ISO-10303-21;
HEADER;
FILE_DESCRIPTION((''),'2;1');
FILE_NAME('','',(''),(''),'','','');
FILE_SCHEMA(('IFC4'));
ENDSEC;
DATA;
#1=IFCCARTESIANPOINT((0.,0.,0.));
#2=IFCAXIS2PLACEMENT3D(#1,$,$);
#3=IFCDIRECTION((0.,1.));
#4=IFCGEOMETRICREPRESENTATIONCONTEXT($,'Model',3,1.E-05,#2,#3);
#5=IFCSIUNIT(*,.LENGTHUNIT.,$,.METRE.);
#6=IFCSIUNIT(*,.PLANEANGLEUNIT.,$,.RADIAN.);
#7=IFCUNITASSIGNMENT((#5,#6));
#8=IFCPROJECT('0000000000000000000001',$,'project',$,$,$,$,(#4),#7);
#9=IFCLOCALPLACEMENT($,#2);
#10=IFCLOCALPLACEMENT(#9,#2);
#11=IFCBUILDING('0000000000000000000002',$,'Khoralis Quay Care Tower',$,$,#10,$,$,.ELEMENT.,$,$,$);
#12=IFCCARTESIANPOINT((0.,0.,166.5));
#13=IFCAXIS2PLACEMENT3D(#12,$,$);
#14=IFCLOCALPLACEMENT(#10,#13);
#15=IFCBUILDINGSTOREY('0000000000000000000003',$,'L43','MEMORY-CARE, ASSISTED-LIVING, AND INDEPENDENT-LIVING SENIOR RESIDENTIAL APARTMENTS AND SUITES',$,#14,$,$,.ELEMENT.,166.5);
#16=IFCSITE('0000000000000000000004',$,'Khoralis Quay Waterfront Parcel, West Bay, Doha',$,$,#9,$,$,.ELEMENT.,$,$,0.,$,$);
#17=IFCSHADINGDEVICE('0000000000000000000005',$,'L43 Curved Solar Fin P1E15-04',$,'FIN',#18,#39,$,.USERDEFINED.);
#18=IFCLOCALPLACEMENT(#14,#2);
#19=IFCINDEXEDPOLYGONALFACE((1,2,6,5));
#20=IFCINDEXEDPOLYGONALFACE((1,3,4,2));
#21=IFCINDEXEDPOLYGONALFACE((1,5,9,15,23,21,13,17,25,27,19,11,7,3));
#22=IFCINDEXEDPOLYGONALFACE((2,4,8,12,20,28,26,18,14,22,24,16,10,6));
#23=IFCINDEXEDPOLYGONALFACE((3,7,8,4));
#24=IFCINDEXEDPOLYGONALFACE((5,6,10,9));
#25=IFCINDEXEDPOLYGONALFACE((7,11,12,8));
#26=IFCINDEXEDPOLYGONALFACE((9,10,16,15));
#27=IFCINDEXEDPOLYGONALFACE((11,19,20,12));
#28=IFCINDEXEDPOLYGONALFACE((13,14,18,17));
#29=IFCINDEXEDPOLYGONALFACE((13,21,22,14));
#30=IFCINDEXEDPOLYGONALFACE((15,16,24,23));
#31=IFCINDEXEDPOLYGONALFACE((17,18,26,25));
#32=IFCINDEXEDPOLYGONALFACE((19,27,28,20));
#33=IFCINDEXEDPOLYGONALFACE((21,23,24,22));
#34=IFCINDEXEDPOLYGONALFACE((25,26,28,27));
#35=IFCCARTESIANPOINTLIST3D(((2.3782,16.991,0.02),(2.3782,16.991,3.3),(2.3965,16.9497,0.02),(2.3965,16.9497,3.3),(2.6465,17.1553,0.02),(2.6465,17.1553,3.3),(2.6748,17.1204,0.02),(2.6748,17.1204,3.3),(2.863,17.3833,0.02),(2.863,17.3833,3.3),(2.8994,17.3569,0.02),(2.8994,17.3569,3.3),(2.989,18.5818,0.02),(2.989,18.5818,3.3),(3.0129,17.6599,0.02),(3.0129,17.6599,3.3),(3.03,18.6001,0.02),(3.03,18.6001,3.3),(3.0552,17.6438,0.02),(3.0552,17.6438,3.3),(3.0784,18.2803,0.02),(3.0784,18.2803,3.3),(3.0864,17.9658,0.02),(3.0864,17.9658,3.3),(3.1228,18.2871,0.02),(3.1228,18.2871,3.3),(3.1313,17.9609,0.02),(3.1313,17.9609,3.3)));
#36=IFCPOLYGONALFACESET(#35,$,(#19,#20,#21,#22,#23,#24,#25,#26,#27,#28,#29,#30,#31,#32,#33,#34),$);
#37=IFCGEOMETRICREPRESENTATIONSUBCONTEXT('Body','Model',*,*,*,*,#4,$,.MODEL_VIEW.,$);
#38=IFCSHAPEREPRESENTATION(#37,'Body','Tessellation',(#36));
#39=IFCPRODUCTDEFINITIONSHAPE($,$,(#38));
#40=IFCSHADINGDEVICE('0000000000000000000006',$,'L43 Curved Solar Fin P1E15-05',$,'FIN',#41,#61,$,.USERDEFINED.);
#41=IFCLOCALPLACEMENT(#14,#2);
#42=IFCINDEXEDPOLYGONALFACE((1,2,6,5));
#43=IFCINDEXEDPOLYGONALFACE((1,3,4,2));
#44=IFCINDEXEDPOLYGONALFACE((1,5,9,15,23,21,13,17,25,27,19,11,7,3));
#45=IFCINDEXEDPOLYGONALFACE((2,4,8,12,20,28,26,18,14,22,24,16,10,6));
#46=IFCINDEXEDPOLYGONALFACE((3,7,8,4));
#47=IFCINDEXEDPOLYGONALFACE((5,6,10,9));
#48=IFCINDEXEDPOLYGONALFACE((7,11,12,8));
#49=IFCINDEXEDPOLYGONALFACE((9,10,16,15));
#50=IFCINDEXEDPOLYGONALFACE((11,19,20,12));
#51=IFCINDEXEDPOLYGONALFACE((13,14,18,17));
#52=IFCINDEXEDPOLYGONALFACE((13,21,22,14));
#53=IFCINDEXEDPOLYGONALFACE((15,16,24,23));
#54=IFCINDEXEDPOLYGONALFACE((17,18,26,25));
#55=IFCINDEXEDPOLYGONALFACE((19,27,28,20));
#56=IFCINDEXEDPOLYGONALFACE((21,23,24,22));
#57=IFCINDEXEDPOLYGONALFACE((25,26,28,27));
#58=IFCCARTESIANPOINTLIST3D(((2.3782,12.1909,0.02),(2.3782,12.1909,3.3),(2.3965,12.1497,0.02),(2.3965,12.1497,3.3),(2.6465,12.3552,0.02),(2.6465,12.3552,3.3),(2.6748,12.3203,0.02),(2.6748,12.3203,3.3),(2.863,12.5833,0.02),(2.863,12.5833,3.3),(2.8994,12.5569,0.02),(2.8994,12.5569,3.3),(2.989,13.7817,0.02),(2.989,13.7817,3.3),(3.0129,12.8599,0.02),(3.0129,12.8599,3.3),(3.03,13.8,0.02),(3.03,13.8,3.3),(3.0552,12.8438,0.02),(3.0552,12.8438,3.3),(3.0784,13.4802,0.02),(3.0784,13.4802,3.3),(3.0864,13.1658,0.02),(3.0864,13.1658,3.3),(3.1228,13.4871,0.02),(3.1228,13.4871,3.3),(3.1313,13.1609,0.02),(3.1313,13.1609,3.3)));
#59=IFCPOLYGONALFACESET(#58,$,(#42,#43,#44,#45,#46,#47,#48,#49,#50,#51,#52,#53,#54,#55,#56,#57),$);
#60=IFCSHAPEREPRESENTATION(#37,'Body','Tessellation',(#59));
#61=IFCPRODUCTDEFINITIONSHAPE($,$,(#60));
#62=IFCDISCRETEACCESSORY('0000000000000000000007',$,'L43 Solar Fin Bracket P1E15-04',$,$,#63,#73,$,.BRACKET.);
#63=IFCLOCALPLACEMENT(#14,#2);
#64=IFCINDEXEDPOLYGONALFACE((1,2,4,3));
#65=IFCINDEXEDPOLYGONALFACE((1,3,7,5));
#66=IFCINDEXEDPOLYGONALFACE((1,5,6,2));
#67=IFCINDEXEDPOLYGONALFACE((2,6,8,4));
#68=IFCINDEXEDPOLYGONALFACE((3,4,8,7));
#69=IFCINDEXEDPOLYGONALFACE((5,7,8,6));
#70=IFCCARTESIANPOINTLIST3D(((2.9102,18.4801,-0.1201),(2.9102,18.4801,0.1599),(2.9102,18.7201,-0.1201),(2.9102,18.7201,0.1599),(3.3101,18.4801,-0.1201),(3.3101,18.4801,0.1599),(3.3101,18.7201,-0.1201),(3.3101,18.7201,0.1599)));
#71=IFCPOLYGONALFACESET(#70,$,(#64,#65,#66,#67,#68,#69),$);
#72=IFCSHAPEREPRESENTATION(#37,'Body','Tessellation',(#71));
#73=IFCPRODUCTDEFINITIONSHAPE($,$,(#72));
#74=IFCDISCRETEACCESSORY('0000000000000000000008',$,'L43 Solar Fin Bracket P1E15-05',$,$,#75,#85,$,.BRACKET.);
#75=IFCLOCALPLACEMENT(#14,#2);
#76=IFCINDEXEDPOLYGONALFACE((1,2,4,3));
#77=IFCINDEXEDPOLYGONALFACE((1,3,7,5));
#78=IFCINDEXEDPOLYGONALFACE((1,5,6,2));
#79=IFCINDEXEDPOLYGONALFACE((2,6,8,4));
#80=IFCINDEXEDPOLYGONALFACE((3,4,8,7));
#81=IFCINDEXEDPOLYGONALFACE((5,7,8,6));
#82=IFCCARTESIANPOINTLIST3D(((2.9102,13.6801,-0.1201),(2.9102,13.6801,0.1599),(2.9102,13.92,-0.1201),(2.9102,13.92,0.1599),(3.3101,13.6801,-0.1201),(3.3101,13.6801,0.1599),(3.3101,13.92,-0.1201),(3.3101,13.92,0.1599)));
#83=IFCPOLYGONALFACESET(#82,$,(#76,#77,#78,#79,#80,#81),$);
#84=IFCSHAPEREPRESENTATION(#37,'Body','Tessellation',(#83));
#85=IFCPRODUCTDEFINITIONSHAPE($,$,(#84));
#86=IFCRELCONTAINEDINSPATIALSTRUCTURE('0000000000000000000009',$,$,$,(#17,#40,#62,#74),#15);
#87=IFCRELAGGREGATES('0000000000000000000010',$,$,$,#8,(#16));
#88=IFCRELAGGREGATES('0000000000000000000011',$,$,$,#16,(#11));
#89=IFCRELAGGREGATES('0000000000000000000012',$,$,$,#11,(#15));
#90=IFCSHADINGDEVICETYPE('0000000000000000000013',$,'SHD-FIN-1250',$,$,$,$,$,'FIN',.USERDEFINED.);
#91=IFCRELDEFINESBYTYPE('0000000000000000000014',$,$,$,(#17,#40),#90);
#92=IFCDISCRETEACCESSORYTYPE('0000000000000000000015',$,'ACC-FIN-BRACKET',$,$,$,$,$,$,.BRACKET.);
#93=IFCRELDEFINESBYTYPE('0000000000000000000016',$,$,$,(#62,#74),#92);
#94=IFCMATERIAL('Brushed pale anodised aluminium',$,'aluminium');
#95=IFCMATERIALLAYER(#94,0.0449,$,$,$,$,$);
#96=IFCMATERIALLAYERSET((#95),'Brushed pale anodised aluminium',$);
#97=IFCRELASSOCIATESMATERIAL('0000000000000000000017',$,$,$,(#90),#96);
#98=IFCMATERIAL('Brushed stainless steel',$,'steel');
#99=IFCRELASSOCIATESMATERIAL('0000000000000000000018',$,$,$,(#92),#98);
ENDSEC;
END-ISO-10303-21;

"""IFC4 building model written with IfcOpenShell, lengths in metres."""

from ifc_helpers import new_model, si_unit, direction, frame, origin, origin_2d, place, context, subcontext, project, spatial, polyline, rectangle, outline, extrude, source, transform, mapped, material, layer, layer_set, type_object, element, save


model = new_model("IFC4")

# Units and contexts
model_context = context("Model", 3, precision=1e-05, world=origin(), true_north=direction((0.0, 1.0)))
body_context = subcontext(model_context, "Body", "Model", "MODEL_VIEW")
ifc_project = project(units=[si_unit("LENGTHUNIT", "METRE"), si_unit("PLANEANGLEUNIT", "RADIAN")], contexts=[model_context])

# Site, building, storey
site_placement = place(None, origin())
site = spatial("IfcSite", under=ifc_project, at=site_placement, Name="Khoralis Quay Waterfront Parcel, West Bay, Doha", CompositionType="ELEMENT", RefElevation=0.0)
building_placement = place(site_placement, origin())
building = spatial("IfcBuilding", under=site, at=building_placement, Name="Khoralis Quay Care Tower", CompositionType="ELEMENT")
storey_placement = place(building_placement, frame((0.0, 0.0, 166.5)))
storey = spatial("IfcBuildingStorey", under=building, at=storey_placement, Name="L43", Description="MEMORY-CARE, ASSISTED-LIVING, AND INDEPENDENT-LIVING SENIOR RESIDENTIAL APARTMENTS AND SUITES", CompositionType="ELEMENT", Elevation=166.5)

# Shared definitions
ifc_material_1 = material(Name="Brushed stainless steel", Category="steel")

# Shading devices
ifc_material_2 = material(Name="Brushed pale anodised aluminium", Category="aluminium")
ifc_layer_1 = layer(ifc_material_2, 0.0449)
ifc_layer_set_1 = layer_set([ifc_layer_1], Name="Brushed pale anodised aluminium")
shading_device_type = type_object("IfcShadingDeviceType", Name="SHD-FIN-1250", ElementType="FIN", PredefinedType="USERDEFINED", material=ifc_layer_set_1)
shared_shape_1 = source(origin(), body_context, "Body", "SweptSolid", [
    extrude(outline(polyline([(0.0, 0.0), (-0.0928, 0.313), (-0.1013, 0.6392), (-0.0251, 0.9563), (0.1306, 1.2432), (0.3552, 1.4797), (0.6335, 1.6504), (0.6519, 1.6091), (0.3835, 1.4448), (0.167, 1.2168), (0.0171, 0.9402), (-0.0564, 0.6343), (-0.0483, 0.3198), (0.041, 0.0183), (0.0, 0.0)])), origin(), (0.0, 0.0, 1.0), 3.28),
])
for number, where, z_axis, x_axis, name in (
    (1, (3.03, 18.6001, 0.02), (0.0, 0.0, 1.0), (-1.0, 0.0, 0.0), "L43 Curved Solar Fin P1E15-04"),
    (2, (3.03, 13.8, 0.02), (0.0, 0.0, 1.0), (-1.0, 0.0, 0.0), "L43 Curved Solar Fin P1E15-05"),
):
    element("IfcShadingDevice", number, at=place(storey_placement, frame(where, z_axis=z_axis, x_axis=x_axis)), inside=storey, type_object=shading_device_type, Name=name, ObjectType="FIN", PredefinedType="USERDEFINED", context=body_context, shape_type="MappedRepresentation", body=[
        mapped(shared_shape_1, transform((0.0, 0.0, 0.0), scale=1.0)),
    ])

# Discrete accessories
discrete_accessory_type = type_object("IfcDiscreteAccessoryType", Name="ACC-FIN-BRACKET", PredefinedType="BRACKET", material=ifc_material_1)
shared_shape_2 = source(origin(), body_context, "Body", "SweptSolid", [
    extrude(rectangle(XDim=0.3999, YDim=0.24, at=origin_2d()), origin(), (0.0, 0.0, 1.0), 0.28),
])
for number, where, z_axis, x_axis, name in (
    (3, (3.1101, 18.6001, -0.1201), (0.0, 0.0, 1.0), (-1.0, 0.0, 0.0), "L43 Solar Fin Bracket P1E15-04"),
    (4, (3.1101, 13.8, -0.1201), (0.0, 0.0, 1.0), (-1.0, 0.0, 0.0), "L43 Solar Fin Bracket P1E15-05"),
):
    element("IfcDiscreteAccessory", number, at=place(storey_placement, frame(where, z_axis=z_axis, x_axis=x_axis)), inside=storey, type_object=discrete_accessory_type, Name=name, PredefinedType="BRACKET", context=body_context, shape_type="MappedRepresentation", body=[
        mapped(shared_shape_2, transform((0.0, 0.0, 0.0), scale=1.0)),
    ])

save(model, "model.ifc")
